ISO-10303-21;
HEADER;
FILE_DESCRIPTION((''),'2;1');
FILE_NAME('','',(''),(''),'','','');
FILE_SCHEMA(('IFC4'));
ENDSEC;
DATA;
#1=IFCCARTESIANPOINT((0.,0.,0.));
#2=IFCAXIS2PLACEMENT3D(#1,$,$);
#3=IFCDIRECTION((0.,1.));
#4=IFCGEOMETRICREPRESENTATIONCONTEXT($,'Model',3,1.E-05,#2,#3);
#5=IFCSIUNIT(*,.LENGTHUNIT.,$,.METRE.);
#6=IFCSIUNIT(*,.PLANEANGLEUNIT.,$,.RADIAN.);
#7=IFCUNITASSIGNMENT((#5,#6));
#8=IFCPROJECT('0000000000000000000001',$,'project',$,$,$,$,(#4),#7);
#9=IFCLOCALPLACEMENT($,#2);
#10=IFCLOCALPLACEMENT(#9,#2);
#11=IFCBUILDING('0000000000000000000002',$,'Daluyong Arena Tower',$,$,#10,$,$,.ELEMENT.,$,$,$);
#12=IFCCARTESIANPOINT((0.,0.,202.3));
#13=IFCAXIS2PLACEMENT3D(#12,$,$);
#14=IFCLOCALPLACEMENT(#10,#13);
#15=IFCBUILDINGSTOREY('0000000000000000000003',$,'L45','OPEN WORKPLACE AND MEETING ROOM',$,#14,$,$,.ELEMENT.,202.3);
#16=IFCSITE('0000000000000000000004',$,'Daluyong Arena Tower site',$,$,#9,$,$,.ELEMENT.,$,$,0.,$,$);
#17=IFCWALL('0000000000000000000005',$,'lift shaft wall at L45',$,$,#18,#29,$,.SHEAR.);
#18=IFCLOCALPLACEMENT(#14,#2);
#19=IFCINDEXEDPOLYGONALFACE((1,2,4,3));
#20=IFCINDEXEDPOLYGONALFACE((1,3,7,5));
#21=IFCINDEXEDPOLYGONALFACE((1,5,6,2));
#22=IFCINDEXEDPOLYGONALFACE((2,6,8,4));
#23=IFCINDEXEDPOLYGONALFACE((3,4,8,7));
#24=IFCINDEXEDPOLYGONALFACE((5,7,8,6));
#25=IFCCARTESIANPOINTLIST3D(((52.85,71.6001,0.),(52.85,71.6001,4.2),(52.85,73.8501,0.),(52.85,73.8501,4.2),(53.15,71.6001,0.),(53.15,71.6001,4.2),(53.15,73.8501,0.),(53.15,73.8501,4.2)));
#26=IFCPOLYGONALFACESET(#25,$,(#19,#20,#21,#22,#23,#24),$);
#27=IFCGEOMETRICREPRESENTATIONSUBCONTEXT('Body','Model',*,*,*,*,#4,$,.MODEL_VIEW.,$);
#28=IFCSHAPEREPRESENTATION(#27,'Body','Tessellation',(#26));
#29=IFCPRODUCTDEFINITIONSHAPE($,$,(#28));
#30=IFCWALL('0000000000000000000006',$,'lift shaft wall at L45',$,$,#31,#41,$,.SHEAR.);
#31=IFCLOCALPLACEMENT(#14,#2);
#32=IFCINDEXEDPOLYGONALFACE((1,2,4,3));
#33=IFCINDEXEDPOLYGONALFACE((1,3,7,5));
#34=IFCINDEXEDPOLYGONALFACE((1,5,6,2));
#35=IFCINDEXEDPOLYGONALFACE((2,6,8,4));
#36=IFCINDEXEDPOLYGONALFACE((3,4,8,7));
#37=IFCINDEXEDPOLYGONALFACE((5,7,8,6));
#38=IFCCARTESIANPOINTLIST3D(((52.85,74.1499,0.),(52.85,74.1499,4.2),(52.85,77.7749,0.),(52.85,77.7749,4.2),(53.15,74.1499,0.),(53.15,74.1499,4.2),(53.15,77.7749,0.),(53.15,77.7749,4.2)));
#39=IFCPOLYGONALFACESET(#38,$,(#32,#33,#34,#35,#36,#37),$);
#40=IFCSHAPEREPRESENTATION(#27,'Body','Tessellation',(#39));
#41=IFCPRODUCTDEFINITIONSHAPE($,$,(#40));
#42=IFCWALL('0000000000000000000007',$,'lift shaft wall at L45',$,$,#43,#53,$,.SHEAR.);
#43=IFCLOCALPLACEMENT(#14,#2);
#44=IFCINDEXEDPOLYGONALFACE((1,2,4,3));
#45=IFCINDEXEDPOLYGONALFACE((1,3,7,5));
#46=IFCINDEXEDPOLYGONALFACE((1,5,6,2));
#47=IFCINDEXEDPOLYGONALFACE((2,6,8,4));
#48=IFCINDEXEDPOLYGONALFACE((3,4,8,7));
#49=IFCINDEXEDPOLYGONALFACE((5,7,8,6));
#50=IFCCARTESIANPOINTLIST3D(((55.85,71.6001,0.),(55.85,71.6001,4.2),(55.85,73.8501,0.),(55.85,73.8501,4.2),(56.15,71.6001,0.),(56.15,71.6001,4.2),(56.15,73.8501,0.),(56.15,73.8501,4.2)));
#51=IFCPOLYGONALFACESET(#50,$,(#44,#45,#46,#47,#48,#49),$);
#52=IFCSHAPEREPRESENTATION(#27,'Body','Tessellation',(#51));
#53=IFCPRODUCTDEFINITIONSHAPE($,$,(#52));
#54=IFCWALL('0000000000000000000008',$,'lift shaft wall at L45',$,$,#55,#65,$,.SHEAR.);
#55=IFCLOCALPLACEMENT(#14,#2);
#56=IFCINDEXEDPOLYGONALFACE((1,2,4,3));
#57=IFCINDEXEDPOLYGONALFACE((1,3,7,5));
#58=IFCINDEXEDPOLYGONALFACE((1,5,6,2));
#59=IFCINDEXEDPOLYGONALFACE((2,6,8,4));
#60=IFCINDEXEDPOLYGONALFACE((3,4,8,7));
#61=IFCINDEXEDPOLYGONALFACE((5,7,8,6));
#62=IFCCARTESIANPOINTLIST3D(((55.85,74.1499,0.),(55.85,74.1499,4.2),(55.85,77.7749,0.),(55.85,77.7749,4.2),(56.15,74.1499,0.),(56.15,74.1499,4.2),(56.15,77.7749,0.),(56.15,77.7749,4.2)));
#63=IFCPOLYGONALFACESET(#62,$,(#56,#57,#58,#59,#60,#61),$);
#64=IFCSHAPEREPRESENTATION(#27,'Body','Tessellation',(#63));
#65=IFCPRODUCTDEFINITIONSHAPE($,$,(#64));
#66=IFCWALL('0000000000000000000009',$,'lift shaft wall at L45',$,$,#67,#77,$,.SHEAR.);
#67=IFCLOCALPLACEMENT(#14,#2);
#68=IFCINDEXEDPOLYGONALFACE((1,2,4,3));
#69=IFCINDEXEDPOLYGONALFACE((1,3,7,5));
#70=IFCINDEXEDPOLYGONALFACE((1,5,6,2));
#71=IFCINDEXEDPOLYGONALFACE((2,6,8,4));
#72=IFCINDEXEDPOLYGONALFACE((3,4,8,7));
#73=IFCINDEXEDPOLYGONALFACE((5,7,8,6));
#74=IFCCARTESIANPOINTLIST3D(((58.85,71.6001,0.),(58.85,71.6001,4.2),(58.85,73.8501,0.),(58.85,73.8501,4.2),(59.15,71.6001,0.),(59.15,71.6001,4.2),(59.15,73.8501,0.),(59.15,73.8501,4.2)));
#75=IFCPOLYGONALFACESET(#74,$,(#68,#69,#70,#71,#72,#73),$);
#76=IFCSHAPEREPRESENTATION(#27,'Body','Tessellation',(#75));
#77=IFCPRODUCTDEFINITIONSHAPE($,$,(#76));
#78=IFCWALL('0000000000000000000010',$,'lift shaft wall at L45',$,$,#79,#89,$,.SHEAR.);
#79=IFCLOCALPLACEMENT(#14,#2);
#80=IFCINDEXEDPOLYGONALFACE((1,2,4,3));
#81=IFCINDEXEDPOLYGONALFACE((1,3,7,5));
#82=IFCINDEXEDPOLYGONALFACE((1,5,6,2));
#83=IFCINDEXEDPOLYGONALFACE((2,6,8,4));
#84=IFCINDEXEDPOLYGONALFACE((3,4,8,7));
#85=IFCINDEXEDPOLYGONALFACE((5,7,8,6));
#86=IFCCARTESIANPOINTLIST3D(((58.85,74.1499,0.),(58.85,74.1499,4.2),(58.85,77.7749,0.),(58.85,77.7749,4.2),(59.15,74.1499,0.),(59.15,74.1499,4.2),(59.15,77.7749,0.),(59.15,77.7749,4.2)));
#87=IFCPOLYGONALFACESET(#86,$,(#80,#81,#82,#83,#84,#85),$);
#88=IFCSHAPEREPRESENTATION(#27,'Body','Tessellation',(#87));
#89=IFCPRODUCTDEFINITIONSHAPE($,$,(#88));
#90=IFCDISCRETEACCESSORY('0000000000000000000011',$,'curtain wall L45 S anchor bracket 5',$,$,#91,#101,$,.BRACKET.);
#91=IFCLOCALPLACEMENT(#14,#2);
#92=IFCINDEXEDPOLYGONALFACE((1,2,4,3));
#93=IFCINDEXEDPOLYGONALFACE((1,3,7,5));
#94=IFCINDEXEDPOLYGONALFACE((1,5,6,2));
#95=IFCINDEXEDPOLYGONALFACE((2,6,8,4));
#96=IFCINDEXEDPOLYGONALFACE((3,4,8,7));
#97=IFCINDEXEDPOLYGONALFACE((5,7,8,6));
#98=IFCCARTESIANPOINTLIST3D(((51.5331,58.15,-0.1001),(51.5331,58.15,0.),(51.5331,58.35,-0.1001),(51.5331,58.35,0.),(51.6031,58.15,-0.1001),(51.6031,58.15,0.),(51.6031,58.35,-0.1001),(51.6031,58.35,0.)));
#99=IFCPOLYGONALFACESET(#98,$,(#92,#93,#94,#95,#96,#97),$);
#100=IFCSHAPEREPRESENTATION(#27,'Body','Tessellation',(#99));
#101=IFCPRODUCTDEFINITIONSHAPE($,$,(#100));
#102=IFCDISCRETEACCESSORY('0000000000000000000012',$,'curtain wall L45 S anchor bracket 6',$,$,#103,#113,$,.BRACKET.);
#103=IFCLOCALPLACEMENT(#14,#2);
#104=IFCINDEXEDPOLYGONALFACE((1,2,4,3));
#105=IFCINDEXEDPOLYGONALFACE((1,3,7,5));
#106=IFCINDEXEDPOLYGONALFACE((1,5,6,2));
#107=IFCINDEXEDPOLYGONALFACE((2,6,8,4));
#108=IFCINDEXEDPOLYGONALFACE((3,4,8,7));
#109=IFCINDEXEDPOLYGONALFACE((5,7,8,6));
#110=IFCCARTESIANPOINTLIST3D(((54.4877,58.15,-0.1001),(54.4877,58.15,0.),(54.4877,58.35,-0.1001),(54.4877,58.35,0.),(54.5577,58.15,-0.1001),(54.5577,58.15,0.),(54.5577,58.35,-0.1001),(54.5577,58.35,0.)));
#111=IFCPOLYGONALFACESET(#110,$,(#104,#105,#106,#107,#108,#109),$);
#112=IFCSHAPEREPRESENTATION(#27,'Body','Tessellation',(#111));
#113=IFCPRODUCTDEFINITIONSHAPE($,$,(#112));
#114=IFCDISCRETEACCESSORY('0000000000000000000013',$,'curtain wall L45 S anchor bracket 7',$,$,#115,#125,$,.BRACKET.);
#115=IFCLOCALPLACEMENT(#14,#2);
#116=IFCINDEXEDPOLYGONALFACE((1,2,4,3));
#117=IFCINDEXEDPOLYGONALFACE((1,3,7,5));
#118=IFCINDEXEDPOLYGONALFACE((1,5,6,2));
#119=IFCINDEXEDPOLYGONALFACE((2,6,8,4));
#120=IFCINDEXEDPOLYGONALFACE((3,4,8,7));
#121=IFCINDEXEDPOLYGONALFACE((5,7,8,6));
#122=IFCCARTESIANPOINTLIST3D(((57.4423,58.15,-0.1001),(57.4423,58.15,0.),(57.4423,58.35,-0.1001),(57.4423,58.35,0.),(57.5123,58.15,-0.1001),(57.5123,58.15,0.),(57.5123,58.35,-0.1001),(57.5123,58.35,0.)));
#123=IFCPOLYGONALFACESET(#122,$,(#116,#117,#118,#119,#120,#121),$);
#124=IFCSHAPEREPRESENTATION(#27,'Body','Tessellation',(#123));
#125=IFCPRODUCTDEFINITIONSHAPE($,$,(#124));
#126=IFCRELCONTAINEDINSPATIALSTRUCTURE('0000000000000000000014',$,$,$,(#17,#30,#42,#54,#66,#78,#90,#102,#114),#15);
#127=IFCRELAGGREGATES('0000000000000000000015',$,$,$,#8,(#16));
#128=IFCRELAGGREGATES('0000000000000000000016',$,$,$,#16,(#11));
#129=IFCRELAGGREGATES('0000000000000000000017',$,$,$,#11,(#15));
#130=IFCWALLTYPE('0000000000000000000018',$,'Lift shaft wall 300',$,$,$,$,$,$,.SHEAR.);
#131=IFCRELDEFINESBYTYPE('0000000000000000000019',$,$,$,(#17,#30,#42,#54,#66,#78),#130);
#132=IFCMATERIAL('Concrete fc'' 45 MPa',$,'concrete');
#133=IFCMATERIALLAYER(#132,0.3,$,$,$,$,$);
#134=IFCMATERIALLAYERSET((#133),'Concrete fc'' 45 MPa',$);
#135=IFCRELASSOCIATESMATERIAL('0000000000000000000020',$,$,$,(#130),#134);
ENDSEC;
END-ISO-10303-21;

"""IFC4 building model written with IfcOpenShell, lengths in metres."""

from ifc_helpers import new_model, si_unit, direction, frame, frame_2d, origin, origin_2d, place, context, subcontext, project, spatial, rectangle, extrude, material, layer, layer_set, type_object, element, save


model = new_model("IFC4")

# Units and contexts
model_context = context("Model", 3, precision=1e-05, world=origin(), true_north=direction((0.0, 1.0)))
body_context = subcontext(model_context, "Body", "Model", "MODEL_VIEW")
ifc_project = project(units=[si_unit("LENGTHUNIT", "METRE"), si_unit("PLANEANGLEUNIT", "RADIAN")], contexts=[model_context])

# Site, building, storey
site_placement = place(None, origin())
site = spatial("IfcSite", under=ifc_project, at=site_placement, Name="Daluyong Arena Tower site", CompositionType="ELEMENT", RefElevation=0.0)
building_placement = place(site_placement, origin())
building = spatial("IfcBuilding", under=site, at=building_placement, Name="Daluyong Arena Tower", CompositionType="ELEMENT")
storey_placement = place(building_placement, frame((0.0, 0.0, 202.3)))
storey = spatial("IfcBuildingStorey", under=building, at=storey_placement, Name="L45", Description="OPEN WORKPLACE AND MEETING ROOM", CompositionType="ELEMENT", Elevation=202.3)

# Walls
ifc_material_1 = material(Name="Concrete fc' 45 MPa", Category="concrete")
ifc_layer_1 = layer(ifc_material_1, 0.3)
ifc_layer_set_1 = layer_set([ifc_layer_1], Name="Concrete fc' 45 MPa")
wall_type_1 = type_object("IfcWallType", Name="Lift shaft wall 300", PredefinedType="SHEAR", material=ifc_layer_set_1)
wall_1_placement = place(storey_placement, frame((53.0, 71.6001, 0.0), z_axis=(0.0, 0.0, 1.0), x_axis=(0.0, 1.0, 0.0)))
element("IfcWall", 1, at=wall_1_placement, inside=storey, type_object=wall_type_1, Name="lift shaft wall at L45", PredefinedType="SHEAR", context=body_context, shape_type="SweptSolid", body=[
    extrude(rectangle(XDim=2.25, YDim=0.3, at=frame_2d((1.125, 0.0))), origin(), (0.0, 0.0, 1.0), 4.2),
])
wall_2_placement = place(storey_placement, frame((53.0, 74.1499, 0.0), z_axis=(0.0, 0.0, 1.0), x_axis=(0.0, 1.0, 0.0)))
element("IfcWall", 2, at=wall_2_placement, inside=storey, type_object=wall_type_1, Name="lift shaft wall at L45", PredefinedType="SHEAR", context=body_context, shape_type="SweptSolid", body=[
    extrude(rectangle(XDim=3.625, YDim=0.3, at=frame_2d((1.8125, 0.0))), origin(), (0.0, 0.0, 1.0), 4.2),
])
wall_3_placement = place(storey_placement, frame((56.0, 71.6001, 0.0), z_axis=(0.0, 0.0, 1.0), x_axis=(0.0, 1.0, 0.0)))
element("IfcWall", 3, at=wall_3_placement, inside=storey, type_object=wall_type_1, Name="lift shaft wall at L45", PredefinedType="SHEAR", context=body_context, shape_type="SweptSolid", body=[
    extrude(rectangle(XDim=2.25, YDim=0.3, at=frame_2d((1.125, 0.0))), origin(), (0.0, 0.0, 1.0), 4.2),
])
wall_4_placement = place(storey_placement, frame((56.0, 74.1499, 0.0), z_axis=(0.0, 0.0, 1.0), x_axis=(0.0, 1.0, 0.0)))
element("IfcWall", 4, at=wall_4_placement, inside=storey, type_object=wall_type_1, Name="lift shaft wall at L45", PredefinedType="SHEAR", context=body_context, shape_type="SweptSolid", body=[
    extrude(rectangle(XDim=3.625, YDim=0.3, at=frame_2d((1.8125, 0.0))), origin(), (0.0, 0.0, 1.0), 4.2),
])
wall_5_placement = place(storey_placement, frame((59.0, 71.6001, 0.0), z_axis=(0.0, 0.0, 1.0), x_axis=(0.0, 1.0, 0.0)))
element("IfcWall", 5, at=wall_5_placement, inside=storey, type_object=wall_type_1, Name="lift shaft wall at L45", PredefinedType="SHEAR", context=body_context, shape_type="SweptSolid", body=[
    extrude(rectangle(XDim=2.25, YDim=0.3, at=frame_2d((1.125, 0.0))), origin(), (0.0, 0.0, 1.0), 4.2),
])
wall_6_placement = place(storey_placement, frame((59.0, 74.1499, 0.0), z_axis=(0.0, 0.0, 1.0), x_axis=(0.0, 1.0, 0.0)))
element("IfcWall", 6, at=wall_6_placement, inside=storey, type_object=wall_type_1, Name="lift shaft wall at L45", PredefinedType="SHEAR", context=body_context, shape_type="SweptSolid", body=[
    extrude(rectangle(XDim=3.625, YDim=0.3, at=frame_2d((1.8125, 0.0))), origin(), (0.0, 0.0, 1.0), 4.2),
])

# Discrete accessories
for number, where, z_axis, x_axis, name in (
    (7, (51.5681, 58.25, -0.1001), (0.0, 0.0, 1.0), (1.0, 0.0, 0.0), "curtain wall L45 S anchor bracket 5"),
    (8, (54.5227, 58.25, -0.1001), (0.0, 0.0, 1.0), (1.0, 0.0, 0.0), "curtain wall L45 S anchor bracket 6"),
    (9, (57.4773, 58.25, -0.1001), (0.0, 0.0, 1.0), (1.0, 0.0, 0.0), "curtain wall L45 S anchor bracket 7"),
):
    element("IfcDiscreteAccessory", number, at=place(storey_placement, frame(where, z_axis=z_axis, x_axis=x_axis)), inside=storey, Name=name, PredefinedType="BRACKET", context=body_context, shape_type="SweptSolid", body=[
        extrude(rectangle(XDim=0.0701, YDim=0.2, at=origin_2d()), origin(), (0.0, 0.0, 1.0), 0.1001),
    ])

save(model, "model.ifc")
